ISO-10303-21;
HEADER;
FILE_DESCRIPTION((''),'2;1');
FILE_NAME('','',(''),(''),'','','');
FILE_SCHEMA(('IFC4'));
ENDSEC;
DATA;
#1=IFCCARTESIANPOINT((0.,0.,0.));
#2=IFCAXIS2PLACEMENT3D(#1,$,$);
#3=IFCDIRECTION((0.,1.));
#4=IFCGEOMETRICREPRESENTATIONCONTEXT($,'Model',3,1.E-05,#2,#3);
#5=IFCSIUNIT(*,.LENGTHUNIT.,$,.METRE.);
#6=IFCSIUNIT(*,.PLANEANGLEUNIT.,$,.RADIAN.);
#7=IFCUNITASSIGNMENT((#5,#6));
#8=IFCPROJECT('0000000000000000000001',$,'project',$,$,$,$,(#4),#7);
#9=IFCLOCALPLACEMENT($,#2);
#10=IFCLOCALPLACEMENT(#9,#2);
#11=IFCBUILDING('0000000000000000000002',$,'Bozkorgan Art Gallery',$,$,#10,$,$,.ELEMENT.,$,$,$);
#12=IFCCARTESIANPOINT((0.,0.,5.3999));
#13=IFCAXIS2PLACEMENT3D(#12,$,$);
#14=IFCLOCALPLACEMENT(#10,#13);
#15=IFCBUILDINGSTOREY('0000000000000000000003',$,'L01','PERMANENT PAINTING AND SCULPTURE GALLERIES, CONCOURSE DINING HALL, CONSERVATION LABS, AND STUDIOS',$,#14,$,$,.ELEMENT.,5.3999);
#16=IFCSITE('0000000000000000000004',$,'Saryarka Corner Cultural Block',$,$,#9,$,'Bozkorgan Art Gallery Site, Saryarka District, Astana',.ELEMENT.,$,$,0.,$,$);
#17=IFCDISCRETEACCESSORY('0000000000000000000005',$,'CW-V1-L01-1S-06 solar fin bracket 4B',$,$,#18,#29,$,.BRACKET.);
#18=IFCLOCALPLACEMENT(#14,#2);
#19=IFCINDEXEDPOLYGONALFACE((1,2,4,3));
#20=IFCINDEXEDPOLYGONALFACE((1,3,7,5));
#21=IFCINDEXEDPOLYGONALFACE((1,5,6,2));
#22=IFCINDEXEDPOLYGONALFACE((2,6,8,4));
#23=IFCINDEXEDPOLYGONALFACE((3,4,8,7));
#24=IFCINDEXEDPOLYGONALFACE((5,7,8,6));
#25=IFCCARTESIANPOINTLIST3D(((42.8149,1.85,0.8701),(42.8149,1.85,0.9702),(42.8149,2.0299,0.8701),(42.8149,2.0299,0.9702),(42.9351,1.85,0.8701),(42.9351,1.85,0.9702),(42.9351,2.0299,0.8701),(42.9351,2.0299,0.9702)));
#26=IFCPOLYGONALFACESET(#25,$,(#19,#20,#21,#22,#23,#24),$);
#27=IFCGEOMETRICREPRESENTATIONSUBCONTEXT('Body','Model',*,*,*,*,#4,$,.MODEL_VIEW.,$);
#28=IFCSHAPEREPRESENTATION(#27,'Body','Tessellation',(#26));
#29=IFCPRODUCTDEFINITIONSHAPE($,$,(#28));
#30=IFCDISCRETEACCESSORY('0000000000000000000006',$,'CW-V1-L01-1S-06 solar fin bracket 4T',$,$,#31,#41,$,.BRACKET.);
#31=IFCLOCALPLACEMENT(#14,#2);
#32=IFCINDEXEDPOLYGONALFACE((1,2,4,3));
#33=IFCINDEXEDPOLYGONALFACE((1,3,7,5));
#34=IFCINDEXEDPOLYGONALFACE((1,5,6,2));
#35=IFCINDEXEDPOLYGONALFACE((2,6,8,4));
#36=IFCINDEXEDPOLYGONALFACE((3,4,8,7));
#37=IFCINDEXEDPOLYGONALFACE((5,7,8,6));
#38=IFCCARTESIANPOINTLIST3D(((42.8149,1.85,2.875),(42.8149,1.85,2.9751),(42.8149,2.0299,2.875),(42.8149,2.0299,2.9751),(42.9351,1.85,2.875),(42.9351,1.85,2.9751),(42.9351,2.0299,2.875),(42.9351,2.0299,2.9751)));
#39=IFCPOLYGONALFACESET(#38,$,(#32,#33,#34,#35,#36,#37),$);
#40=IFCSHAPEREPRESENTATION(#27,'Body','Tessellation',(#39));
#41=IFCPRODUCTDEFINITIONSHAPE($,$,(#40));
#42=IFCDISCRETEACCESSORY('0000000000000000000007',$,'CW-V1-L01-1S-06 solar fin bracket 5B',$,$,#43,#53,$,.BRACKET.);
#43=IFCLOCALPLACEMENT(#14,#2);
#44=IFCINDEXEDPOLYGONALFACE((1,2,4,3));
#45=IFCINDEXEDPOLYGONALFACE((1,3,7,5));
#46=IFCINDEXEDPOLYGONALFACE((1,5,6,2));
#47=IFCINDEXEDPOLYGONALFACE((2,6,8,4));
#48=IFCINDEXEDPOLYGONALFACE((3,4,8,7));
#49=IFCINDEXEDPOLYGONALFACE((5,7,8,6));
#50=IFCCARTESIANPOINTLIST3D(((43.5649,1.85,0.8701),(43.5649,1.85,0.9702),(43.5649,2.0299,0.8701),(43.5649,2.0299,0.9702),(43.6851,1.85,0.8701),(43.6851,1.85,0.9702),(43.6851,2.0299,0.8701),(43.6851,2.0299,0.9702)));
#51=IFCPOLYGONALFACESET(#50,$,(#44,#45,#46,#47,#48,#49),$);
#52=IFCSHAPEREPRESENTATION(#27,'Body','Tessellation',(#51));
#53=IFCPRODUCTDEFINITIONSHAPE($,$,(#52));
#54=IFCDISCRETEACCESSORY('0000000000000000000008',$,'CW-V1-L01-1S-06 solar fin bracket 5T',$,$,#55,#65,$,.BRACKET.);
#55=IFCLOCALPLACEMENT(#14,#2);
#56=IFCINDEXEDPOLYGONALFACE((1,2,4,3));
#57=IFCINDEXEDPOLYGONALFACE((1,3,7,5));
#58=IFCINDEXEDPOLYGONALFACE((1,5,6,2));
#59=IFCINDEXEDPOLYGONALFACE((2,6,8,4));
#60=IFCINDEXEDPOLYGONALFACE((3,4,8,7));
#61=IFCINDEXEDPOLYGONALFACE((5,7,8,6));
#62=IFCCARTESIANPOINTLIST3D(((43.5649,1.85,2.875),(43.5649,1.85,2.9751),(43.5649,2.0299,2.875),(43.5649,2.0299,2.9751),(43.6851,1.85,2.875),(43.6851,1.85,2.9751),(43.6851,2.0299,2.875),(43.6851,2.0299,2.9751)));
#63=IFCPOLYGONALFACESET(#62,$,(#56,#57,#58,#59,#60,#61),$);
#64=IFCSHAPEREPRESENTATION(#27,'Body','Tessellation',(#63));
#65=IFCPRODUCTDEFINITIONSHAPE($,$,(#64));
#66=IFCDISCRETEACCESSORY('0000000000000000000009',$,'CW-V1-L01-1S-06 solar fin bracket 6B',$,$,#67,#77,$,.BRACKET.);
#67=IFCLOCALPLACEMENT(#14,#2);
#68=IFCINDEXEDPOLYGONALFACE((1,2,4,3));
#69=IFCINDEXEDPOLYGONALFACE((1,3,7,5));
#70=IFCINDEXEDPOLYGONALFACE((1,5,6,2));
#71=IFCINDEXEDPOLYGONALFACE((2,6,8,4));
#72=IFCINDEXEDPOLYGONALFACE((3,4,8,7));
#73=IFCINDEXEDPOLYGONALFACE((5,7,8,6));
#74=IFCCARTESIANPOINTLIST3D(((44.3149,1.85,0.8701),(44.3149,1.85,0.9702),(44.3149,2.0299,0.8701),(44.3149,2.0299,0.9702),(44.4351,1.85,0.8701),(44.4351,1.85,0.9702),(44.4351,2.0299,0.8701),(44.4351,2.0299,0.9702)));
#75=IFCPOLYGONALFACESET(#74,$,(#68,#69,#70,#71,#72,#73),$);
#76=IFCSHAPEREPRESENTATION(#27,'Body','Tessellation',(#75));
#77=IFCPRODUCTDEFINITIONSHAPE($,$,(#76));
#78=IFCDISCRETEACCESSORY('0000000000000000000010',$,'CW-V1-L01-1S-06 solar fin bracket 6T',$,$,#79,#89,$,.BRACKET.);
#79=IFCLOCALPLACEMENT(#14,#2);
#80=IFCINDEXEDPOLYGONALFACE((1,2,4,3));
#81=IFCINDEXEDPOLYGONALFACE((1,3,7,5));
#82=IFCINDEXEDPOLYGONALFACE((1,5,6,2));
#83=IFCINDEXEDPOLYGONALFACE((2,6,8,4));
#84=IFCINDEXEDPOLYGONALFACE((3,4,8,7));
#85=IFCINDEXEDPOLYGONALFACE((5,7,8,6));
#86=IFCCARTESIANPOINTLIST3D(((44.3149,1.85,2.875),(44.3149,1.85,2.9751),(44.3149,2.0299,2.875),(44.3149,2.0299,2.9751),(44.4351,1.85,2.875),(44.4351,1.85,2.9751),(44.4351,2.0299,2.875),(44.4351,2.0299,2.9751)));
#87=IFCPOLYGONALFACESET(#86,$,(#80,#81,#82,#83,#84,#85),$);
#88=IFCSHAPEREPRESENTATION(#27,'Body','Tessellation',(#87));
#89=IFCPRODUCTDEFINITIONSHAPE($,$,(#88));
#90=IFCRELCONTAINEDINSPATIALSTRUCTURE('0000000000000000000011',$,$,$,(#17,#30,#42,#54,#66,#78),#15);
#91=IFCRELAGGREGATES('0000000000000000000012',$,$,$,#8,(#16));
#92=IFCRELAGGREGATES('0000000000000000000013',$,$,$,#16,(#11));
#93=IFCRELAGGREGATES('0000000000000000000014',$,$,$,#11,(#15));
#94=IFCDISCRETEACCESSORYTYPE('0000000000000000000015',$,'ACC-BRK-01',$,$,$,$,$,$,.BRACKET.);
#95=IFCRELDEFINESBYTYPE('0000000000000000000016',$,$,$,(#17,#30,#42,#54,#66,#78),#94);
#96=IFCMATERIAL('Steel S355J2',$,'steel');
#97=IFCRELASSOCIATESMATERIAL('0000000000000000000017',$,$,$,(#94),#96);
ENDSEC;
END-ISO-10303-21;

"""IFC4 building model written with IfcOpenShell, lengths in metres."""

from ifc_helpers import new_model, si_unit, direction, frame, origin, origin_2d, place, context, subcontext, project, spatial, rectangle, extrude, material, type_object, element, save


model = new_model("IFC4")

# Units and contexts
model_context = context("Model", 3, precision=1e-05, world=origin(), true_north=direction((0.0, 1.0)))
body_context = subcontext(model_context, "Body", "Model", "MODEL_VIEW")
ifc_project = project(units=[si_unit("LENGTHUNIT", "METRE"), si_unit("PLANEANGLEUNIT", "RADIAN")], contexts=[model_context])

# Site, building, storey
site_placement = place(None, origin())
site = spatial("IfcSite", under=ifc_project, at=site_placement, Name="Saryarka Corner Cultural Block", LongName="Bozkorgan Art Gallery Site, Saryarka District, Astana", CompositionType="ELEMENT", RefElevation=0.0)
building_placement = place(site_placement, origin())
building = spatial("IfcBuilding", under=site, at=building_placement, Name="Bozkorgan Art Gallery", CompositionType="ELEMENT")
storey_placement = place(building_placement, frame((0.0, 0.0, 5.3999)))
storey = spatial("IfcBuildingStorey", under=building, at=storey_placement, Name="L01", Description="PERMANENT PAINTING AND SCULPTURE GALLERIES, CONCOURSE DINING HALL, CONSERVATION LABS, AND STUDIOS", CompositionType="ELEMENT", Elevation=5.3999)

# Discrete accessories
ifc_material_1 = material(Name="Steel S355J2", Category="steel")
discrete_accessory_type = type_object("IfcDiscreteAccessoryType", Name="ACC-BRK-01", PredefinedType="BRACKET", material=ifc_material_1)
for number, where, z_axis, x_axis, name in (
    (1, (42.875, 1.9399, 0.8701), (0.0, 0.0, 1.0), (0.0, -1.0, 0.0), "CW-V1-L01-1S-06 solar fin bracket 4B"),
    (2, (42.875, 1.9399, 2.875), (0.0, 0.0, 1.0), (0.0, -1.0, 0.0), "CW-V1-L01-1S-06 solar fin bracket 4T"),
    (3, (43.625, 1.9399, 0.8701), (0.0, 0.0, 1.0), (0.0, -1.0, 0.0), "CW-V1-L01-1S-06 solar fin bracket 5B"),
    (4, (43.625, 1.9399, 2.875), (0.0, 0.0, 1.0), (0.0, -1.0, 0.0), "CW-V1-L01-1S-06 solar fin bracket 5T"),
    (5, (44.375, 1.9399, 0.8701), (0.0, 0.0, 1.0), (0.0, -1.0, 0.0), "CW-V1-L01-1S-06 solar fin bracket 6B"),
    (6, (44.375, 1.9399, 2.875), (0.0, 0.0, 1.0), (0.0, -1.0, 0.0), "CW-V1-L01-1S-06 solar fin bracket 6T"),
):
    element("IfcDiscreteAccessory", number, at=place(storey_placement, frame(where, z_axis=z_axis, x_axis=x_axis)), inside=storey, type_object=discrete_accessory_type, Name=name, PredefinedType="BRACKET", context=body_context, shape_type="SweptSolid", body=[
        extrude(rectangle(XDim=0.1799, YDim=0.1201, at=origin_2d()), origin(), (0.0, 0.0, 1.0), 0.1001),
    ])

save(model, "model.ifc")
